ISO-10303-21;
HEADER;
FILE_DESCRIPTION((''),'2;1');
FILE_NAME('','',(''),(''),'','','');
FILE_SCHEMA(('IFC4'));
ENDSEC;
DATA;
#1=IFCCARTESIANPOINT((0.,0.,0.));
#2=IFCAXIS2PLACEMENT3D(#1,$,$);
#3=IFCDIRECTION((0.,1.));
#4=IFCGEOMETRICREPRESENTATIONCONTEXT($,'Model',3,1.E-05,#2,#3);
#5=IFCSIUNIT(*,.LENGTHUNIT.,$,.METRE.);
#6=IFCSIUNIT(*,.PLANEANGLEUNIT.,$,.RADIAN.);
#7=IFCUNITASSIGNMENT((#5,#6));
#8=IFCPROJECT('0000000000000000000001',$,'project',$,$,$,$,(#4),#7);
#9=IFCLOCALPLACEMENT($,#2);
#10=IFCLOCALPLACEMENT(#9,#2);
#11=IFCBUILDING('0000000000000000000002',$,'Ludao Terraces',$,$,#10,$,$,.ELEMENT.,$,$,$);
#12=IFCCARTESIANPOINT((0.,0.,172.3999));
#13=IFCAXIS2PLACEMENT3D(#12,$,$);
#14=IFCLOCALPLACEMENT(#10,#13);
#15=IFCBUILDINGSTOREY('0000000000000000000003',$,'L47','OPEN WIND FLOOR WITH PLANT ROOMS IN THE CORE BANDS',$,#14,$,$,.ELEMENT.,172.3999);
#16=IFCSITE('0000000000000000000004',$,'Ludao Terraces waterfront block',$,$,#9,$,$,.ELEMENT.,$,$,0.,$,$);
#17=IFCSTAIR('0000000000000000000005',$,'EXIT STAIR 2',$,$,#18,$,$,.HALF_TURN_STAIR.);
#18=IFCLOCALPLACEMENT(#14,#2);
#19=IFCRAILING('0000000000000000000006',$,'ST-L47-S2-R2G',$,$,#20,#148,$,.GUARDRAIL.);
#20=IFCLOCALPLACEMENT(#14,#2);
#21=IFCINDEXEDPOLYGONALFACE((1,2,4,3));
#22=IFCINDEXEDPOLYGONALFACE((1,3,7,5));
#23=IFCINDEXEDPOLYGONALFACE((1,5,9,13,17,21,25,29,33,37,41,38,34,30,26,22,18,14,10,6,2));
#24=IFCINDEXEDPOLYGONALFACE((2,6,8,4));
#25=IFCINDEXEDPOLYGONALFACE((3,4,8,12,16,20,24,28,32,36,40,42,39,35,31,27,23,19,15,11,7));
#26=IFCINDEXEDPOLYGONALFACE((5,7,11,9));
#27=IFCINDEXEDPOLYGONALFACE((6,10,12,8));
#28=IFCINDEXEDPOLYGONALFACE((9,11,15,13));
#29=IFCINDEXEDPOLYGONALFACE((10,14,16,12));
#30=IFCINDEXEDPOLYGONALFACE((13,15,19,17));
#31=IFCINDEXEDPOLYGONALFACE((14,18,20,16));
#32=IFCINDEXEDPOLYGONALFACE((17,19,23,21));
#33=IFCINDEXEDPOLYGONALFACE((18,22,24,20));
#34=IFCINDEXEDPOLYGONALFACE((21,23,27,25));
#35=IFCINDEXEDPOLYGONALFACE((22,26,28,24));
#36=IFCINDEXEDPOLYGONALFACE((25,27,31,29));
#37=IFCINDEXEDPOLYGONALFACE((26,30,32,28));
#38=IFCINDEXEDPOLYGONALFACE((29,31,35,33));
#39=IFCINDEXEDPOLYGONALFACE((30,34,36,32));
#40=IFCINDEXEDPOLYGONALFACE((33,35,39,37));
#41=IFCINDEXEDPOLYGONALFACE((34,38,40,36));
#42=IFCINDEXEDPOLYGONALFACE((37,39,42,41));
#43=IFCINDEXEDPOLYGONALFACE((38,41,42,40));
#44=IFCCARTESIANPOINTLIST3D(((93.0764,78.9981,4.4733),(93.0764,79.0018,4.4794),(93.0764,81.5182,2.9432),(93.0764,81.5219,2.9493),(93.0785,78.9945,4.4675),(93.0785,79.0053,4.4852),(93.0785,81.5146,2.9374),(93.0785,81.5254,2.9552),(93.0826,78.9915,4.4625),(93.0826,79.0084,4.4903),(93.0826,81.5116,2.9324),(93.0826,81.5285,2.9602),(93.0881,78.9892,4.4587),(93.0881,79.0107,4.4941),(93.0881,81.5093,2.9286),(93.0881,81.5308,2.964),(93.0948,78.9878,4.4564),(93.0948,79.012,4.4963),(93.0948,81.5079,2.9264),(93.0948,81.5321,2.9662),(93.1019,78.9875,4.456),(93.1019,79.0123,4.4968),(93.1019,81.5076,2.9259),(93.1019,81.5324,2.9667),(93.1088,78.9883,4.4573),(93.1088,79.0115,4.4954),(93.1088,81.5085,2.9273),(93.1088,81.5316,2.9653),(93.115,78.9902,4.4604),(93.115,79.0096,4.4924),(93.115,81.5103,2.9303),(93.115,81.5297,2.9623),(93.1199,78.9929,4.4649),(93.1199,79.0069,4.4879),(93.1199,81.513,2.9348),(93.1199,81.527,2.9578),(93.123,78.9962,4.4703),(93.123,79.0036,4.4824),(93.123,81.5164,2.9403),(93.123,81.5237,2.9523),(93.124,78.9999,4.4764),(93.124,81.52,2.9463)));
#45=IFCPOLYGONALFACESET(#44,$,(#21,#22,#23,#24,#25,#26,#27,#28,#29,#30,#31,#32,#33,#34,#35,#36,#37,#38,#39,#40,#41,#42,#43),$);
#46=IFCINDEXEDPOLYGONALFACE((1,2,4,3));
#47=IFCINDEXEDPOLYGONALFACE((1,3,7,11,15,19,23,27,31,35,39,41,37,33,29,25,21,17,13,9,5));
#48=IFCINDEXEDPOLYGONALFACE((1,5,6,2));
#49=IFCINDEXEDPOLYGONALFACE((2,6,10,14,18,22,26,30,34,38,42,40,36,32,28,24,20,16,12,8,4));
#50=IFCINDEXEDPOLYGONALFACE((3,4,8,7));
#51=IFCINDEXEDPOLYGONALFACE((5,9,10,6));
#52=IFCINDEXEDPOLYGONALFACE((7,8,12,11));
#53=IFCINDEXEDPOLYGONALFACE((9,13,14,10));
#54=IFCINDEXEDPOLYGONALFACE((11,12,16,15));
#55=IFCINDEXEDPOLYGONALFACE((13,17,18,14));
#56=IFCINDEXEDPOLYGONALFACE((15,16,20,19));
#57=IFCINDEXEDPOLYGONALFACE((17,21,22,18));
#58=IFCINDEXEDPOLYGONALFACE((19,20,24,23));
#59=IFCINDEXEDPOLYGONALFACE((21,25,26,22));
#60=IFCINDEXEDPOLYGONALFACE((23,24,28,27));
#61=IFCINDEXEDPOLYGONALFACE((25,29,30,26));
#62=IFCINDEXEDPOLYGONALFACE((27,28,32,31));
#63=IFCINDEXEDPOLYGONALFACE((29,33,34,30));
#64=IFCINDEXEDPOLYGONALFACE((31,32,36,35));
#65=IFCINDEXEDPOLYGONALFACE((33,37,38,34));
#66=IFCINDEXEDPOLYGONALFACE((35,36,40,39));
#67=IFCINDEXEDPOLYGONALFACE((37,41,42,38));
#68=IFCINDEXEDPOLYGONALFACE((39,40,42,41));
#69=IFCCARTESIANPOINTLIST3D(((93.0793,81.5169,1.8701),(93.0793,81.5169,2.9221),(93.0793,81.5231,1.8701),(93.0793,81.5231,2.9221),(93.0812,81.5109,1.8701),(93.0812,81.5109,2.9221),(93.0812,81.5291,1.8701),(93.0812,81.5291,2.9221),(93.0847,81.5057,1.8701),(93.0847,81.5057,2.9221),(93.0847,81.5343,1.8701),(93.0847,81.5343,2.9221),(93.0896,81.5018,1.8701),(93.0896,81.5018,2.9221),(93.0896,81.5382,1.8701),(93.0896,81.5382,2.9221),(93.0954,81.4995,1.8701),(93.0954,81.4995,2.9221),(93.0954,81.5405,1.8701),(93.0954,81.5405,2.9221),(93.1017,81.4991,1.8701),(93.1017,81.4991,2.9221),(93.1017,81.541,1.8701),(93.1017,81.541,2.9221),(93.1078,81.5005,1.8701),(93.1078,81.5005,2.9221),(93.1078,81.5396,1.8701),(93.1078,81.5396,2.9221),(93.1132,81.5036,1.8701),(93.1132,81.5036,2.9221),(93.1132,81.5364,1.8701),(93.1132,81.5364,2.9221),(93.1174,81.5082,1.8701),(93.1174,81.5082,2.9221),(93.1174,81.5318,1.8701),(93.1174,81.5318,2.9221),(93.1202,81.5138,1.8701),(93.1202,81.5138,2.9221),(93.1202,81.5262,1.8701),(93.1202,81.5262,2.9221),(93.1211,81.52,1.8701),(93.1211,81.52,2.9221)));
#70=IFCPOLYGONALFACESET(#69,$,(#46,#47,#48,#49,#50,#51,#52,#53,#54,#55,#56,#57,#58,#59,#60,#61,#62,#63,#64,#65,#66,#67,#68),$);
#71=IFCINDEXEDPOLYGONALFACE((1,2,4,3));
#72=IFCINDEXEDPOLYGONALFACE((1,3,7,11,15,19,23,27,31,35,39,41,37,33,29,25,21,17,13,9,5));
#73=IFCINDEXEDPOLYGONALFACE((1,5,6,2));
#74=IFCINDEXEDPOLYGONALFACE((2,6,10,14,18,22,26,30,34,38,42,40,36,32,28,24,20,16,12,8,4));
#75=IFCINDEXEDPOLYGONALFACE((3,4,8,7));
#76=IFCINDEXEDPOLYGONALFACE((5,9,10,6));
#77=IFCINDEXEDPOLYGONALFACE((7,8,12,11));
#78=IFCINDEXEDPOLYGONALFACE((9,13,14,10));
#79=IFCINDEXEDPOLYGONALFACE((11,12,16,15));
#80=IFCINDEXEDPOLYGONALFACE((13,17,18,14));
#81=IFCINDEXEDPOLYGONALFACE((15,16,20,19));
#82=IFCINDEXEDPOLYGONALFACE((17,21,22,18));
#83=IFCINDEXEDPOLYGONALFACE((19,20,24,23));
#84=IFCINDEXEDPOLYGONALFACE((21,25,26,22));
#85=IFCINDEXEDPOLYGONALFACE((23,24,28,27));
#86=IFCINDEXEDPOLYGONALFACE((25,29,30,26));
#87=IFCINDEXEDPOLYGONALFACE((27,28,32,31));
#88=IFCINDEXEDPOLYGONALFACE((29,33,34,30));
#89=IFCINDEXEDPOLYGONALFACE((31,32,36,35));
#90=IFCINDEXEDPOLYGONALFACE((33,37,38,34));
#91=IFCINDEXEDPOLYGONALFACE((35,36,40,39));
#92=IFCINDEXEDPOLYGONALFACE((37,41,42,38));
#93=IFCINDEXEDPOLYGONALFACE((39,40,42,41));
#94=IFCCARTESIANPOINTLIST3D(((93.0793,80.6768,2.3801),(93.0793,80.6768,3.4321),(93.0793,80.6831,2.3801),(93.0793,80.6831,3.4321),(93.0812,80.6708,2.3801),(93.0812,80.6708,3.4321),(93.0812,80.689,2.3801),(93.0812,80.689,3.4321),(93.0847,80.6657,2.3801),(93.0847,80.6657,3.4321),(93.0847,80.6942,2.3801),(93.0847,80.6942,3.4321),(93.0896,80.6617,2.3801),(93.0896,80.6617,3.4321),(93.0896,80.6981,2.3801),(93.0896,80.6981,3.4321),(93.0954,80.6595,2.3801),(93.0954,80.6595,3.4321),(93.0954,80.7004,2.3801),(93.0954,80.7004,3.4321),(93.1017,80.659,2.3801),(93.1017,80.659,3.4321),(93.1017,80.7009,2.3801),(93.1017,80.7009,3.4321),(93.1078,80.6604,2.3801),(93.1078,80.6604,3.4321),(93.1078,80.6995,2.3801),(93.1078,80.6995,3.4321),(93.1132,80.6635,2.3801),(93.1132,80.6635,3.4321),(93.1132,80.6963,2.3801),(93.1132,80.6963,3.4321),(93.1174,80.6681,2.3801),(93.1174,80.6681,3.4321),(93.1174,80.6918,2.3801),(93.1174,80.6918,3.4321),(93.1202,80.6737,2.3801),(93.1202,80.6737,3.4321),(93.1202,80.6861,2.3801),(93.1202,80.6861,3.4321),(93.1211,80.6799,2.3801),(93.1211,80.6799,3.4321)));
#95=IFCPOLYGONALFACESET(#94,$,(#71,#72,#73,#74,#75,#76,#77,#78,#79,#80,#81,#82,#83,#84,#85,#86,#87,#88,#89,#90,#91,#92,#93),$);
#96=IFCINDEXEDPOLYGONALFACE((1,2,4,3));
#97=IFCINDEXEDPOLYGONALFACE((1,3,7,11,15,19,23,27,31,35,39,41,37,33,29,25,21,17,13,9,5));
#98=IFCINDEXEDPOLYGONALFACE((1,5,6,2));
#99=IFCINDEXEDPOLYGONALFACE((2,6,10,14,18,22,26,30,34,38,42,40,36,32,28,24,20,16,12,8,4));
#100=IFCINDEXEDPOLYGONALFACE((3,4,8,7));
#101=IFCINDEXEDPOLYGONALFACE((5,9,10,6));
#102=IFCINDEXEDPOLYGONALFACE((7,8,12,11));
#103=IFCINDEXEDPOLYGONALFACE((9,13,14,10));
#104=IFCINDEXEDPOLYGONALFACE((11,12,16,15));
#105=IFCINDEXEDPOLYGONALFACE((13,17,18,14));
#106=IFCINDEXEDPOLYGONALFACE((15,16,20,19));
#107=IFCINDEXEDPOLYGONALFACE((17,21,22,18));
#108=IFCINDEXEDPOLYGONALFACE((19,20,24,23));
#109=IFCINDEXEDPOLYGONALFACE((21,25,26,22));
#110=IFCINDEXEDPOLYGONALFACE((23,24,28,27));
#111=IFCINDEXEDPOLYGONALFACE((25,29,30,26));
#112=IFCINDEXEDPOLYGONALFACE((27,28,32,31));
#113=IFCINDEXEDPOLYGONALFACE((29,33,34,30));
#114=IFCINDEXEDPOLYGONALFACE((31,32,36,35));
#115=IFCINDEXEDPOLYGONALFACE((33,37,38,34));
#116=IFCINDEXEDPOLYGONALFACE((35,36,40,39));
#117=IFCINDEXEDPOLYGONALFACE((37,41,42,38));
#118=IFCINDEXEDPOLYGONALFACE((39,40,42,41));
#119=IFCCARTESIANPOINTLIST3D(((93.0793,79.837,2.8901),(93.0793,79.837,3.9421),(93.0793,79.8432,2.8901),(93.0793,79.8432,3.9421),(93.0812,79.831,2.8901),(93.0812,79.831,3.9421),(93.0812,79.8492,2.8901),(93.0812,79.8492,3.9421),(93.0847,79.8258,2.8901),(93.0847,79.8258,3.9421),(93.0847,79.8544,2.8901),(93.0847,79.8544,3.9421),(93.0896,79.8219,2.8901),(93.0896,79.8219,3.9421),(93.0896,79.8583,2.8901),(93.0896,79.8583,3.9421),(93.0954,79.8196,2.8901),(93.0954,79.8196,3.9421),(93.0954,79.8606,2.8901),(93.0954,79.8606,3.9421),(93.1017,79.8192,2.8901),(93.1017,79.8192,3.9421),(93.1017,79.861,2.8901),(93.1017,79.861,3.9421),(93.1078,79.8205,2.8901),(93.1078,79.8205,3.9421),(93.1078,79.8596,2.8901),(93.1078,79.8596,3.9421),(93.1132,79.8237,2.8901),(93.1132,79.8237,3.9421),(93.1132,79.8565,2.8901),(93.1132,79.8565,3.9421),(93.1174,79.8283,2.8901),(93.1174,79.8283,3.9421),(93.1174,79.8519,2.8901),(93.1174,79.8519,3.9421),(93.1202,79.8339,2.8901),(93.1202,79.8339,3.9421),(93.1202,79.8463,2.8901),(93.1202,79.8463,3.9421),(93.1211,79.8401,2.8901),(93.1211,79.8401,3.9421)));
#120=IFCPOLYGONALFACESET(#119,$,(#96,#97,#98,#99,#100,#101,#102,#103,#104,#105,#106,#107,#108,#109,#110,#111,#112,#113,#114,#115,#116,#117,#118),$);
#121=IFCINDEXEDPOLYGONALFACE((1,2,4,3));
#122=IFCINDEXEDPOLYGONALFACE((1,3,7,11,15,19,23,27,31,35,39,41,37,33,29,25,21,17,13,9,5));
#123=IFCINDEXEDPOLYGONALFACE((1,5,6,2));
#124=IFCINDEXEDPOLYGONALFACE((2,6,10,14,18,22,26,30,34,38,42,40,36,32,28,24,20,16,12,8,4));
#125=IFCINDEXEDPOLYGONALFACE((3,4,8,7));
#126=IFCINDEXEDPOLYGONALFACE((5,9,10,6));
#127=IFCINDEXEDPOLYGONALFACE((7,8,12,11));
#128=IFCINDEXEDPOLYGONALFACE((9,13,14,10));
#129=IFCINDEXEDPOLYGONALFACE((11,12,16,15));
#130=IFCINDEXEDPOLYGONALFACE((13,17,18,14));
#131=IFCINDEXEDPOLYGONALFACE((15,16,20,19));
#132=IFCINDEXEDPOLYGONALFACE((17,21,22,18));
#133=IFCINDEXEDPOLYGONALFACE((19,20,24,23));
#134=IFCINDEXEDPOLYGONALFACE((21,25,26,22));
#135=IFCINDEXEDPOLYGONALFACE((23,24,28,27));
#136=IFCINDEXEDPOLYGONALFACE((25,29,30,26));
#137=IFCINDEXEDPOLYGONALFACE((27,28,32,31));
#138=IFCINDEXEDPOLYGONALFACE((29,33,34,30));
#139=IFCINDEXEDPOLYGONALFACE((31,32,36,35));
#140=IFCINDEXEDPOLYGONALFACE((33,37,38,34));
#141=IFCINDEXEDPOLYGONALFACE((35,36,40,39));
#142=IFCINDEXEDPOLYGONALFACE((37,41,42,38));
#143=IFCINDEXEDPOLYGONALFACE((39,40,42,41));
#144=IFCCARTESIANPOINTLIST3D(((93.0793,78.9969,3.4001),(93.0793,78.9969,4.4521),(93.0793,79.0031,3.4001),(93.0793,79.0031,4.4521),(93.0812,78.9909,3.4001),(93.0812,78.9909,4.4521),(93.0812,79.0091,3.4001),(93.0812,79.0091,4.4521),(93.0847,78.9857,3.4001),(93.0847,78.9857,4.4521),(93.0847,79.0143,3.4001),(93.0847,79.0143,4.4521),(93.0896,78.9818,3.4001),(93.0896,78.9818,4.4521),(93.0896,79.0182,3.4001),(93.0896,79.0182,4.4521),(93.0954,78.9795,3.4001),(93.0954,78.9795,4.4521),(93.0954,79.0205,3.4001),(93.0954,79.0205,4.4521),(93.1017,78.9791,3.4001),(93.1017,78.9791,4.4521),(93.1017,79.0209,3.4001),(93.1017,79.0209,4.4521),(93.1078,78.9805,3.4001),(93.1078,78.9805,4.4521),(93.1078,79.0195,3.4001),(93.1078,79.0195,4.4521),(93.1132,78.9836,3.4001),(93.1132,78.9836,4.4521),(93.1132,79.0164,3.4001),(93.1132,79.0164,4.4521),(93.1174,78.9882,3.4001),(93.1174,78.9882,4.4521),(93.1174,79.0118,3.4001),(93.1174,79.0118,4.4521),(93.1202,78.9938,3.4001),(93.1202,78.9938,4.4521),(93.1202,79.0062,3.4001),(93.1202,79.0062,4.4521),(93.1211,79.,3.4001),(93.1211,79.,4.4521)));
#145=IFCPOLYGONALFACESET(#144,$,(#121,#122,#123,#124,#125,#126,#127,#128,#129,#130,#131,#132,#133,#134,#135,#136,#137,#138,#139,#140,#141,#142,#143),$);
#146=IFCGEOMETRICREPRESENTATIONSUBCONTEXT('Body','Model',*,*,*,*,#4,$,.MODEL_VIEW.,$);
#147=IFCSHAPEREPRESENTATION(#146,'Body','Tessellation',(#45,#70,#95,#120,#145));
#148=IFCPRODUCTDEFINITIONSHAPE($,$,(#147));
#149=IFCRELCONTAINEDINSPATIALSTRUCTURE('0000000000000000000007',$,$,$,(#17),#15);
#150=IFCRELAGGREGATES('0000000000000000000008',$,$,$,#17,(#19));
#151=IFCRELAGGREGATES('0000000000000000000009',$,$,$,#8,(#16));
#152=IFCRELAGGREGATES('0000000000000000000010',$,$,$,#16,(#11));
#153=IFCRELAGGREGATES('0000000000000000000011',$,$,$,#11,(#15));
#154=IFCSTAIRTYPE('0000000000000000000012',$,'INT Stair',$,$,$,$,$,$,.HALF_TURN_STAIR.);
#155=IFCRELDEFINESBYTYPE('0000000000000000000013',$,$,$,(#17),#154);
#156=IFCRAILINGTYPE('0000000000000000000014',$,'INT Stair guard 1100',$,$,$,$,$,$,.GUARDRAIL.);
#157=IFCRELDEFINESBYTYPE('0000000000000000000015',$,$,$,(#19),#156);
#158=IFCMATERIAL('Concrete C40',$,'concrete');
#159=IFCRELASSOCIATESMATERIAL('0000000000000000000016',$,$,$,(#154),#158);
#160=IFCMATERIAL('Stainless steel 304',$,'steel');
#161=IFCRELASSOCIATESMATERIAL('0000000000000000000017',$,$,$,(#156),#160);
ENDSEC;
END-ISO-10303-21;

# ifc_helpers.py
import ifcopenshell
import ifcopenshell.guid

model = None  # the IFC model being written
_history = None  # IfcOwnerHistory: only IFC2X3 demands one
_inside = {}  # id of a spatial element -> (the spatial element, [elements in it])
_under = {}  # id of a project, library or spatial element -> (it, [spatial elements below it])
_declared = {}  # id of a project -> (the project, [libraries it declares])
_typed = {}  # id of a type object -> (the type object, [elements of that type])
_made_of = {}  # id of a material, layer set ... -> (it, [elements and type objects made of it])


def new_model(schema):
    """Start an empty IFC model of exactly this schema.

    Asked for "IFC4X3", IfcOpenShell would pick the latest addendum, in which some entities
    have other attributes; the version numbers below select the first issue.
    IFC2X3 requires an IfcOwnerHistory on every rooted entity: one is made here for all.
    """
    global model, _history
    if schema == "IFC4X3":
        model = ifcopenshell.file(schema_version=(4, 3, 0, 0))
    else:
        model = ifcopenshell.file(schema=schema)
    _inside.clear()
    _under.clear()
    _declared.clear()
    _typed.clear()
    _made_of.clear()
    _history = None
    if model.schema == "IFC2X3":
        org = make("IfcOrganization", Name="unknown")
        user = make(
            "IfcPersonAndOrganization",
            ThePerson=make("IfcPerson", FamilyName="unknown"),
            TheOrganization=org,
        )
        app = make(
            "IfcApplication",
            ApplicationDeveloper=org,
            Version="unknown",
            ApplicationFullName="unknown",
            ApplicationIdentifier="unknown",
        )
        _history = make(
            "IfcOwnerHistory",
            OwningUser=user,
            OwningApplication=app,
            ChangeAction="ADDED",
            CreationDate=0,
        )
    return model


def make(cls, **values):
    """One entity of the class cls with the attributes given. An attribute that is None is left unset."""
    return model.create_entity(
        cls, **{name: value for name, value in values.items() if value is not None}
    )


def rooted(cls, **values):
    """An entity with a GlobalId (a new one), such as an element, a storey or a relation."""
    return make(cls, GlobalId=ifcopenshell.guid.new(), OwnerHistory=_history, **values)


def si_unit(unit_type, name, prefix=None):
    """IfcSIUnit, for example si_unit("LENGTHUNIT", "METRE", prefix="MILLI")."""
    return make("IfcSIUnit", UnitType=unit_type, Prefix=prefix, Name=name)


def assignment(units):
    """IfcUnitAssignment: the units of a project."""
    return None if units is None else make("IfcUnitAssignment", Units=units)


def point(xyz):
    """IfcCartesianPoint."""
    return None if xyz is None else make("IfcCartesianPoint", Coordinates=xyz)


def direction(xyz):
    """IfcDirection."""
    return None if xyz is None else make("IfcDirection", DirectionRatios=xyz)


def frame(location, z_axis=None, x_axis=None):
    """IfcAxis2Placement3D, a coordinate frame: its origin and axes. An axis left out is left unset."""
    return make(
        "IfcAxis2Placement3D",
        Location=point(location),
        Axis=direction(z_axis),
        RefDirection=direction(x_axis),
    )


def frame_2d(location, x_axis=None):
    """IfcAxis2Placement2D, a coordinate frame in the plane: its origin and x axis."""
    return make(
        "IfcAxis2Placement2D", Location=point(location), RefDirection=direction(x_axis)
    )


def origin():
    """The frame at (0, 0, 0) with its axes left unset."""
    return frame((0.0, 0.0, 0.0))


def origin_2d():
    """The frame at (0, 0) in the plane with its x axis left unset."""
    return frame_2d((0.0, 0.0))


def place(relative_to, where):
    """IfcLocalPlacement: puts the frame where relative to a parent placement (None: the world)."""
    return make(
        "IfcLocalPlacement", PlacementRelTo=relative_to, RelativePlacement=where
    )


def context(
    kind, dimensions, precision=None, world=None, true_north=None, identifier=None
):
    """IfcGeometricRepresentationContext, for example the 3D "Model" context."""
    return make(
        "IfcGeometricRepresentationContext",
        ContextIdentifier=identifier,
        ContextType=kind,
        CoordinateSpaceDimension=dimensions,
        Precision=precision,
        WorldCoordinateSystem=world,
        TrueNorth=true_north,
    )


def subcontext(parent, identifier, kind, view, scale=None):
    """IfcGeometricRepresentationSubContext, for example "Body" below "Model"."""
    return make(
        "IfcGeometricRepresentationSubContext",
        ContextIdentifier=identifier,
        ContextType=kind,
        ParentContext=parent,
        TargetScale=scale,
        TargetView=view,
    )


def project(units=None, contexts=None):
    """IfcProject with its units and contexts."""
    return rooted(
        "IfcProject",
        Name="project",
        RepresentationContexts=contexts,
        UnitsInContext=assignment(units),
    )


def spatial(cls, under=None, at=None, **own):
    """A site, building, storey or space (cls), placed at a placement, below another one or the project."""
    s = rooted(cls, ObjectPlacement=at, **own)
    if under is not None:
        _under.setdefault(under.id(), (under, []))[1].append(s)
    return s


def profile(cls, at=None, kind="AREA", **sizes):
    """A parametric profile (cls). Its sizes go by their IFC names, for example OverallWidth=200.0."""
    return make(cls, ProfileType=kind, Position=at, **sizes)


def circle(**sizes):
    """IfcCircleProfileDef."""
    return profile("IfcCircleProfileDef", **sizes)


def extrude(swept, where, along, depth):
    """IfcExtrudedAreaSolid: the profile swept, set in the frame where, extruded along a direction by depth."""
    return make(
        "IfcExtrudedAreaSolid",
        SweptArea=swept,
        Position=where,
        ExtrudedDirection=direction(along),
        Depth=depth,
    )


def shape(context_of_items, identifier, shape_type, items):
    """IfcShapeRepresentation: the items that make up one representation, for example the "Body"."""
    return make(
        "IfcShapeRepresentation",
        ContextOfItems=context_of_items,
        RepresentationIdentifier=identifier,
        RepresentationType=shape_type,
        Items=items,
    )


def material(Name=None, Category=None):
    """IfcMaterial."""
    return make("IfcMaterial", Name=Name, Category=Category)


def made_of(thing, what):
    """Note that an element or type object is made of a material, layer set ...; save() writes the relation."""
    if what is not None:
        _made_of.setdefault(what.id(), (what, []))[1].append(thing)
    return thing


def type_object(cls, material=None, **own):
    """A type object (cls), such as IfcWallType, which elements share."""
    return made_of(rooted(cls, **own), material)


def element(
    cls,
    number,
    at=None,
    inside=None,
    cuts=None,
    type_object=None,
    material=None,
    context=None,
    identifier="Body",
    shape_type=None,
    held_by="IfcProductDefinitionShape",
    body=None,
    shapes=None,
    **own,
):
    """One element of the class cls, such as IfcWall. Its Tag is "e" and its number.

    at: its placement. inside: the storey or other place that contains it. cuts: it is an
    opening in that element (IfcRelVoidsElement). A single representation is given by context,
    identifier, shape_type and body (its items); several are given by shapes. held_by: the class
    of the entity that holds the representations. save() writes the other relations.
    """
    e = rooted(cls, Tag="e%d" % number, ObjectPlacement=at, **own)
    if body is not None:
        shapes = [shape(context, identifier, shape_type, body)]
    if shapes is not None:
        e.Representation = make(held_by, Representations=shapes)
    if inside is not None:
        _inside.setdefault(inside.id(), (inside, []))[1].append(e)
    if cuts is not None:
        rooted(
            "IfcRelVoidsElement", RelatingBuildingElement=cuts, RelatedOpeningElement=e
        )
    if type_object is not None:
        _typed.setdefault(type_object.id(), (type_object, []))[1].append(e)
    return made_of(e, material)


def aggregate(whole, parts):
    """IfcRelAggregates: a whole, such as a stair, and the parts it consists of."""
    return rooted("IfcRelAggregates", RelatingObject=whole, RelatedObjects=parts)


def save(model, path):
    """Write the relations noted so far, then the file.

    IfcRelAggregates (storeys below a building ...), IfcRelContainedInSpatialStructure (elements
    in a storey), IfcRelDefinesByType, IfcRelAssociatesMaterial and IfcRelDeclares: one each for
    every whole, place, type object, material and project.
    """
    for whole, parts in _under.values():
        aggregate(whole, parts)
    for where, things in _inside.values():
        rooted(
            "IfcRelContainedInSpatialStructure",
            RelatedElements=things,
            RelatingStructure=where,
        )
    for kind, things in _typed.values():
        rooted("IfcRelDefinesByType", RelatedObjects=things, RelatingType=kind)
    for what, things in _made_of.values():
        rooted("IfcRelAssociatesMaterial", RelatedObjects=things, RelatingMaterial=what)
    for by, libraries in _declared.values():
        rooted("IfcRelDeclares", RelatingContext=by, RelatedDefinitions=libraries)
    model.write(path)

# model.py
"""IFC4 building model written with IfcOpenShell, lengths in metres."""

from ifc_helpers import new_model, si_unit, direction, frame, origin, origin_2d, place, context, subcontext, project, spatial, circle, extrude, material, type_object, element, aggregate, save


model = new_model("IFC4")

# Units and contexts
model_context = context("Model", 3, precision=1e-05, world=origin(), true_north=direction((0.0, 1.0)))
body_context = subcontext(model_context, "Body", "Model", "MODEL_VIEW")
ifc_project = project(units=[si_unit("LENGTHUNIT", "METRE"), si_unit("PLANEANGLEUNIT", "RADIAN")], contexts=[model_context])

# Site, building, storey
site_placement = place(None, origin())
site = spatial("IfcSite", under=ifc_project, at=site_placement, Name="Ludao Terraces waterfront block", CompositionType="ELEMENT", RefElevation=0.0)
building_placement = place(site_placement, origin())
building = spatial("IfcBuilding", under=site, at=building_placement, Name="Ludao Terraces", CompositionType="ELEMENT")
storey_placement = place(building_placement, frame((0.0, 0.0, 172.3999)))
storey = spatial("IfcBuildingStorey", under=building, at=storey_placement, Name="L47", Description="OPEN WIND FLOOR WITH PLANT ROOMS IN THE CORE BANDS", CompositionType="ELEMENT", Elevation=172.3999)

# Stair, railing
ifc_material_1 = material(Name="Concrete C40", Category="concrete")
stair_type = type_object("IfcStairType", Name="INT Stair", PredefinedType="HALF_TURN_STAIR", material=ifc_material_1)
stair_placement = place(storey_placement, origin())
stair = element("IfcStair", 1, at=stair_placement, inside=storey, type_object=stair_type, Name="EXIT STAIR 2", PredefinedType="HALF_TURN_STAIR")
ifc_material_2 = material(Name="Stainless steel 304", Category="steel")
railing_type_1 = type_object("IfcRailingType", Name="INT Stair guard 1100", PredefinedType="GUARDRAIL", material=ifc_material_2)
railing_1_placement = place(storey_placement, frame((93.1001, 81.52, 1.8701)))
railing_1 = element("IfcRailing", 2, at=railing_1_placement, type_object=railing_type_1, Name="ST-L47-S2-R2G", PredefinedType="GUARDRAIL", context=body_context, shape_type="SweptSolid", body=[
    extrude(circle(Radius=0.0239, at=origin_2d()), frame((0.0, 0.0, 1.0762), z_axis=(0.0, -0.854785, 0.518982), x_axis=(1.0, 0.0, 0.0)), (0.0, 0.0, 1.0), 2.9482),
    extrude(circle(Radius=0.021, at=origin_2d()), origin(), (0.0, 0.0, 1.0), 1.052),
    extrude(circle(Radius=0.021, at=origin_2d()), frame((0.0, -0.8401, 0.51)), (0.0, 0.0, 1.0), 1.052),
    extrude(circle(Radius=0.021, at=origin_2d()), frame((0.0, -1.6799, 1.02)), (0.0, 0.0, 1.0), 1.052),
    extrude(circle(Radius=0.021, at=origin_2d()), frame((0.0, -2.52, 1.53)), (0.0, 0.0, 1.0), 1.052),
])
aggregate(stair, [railing_1])

save(model, "model.ifc")
